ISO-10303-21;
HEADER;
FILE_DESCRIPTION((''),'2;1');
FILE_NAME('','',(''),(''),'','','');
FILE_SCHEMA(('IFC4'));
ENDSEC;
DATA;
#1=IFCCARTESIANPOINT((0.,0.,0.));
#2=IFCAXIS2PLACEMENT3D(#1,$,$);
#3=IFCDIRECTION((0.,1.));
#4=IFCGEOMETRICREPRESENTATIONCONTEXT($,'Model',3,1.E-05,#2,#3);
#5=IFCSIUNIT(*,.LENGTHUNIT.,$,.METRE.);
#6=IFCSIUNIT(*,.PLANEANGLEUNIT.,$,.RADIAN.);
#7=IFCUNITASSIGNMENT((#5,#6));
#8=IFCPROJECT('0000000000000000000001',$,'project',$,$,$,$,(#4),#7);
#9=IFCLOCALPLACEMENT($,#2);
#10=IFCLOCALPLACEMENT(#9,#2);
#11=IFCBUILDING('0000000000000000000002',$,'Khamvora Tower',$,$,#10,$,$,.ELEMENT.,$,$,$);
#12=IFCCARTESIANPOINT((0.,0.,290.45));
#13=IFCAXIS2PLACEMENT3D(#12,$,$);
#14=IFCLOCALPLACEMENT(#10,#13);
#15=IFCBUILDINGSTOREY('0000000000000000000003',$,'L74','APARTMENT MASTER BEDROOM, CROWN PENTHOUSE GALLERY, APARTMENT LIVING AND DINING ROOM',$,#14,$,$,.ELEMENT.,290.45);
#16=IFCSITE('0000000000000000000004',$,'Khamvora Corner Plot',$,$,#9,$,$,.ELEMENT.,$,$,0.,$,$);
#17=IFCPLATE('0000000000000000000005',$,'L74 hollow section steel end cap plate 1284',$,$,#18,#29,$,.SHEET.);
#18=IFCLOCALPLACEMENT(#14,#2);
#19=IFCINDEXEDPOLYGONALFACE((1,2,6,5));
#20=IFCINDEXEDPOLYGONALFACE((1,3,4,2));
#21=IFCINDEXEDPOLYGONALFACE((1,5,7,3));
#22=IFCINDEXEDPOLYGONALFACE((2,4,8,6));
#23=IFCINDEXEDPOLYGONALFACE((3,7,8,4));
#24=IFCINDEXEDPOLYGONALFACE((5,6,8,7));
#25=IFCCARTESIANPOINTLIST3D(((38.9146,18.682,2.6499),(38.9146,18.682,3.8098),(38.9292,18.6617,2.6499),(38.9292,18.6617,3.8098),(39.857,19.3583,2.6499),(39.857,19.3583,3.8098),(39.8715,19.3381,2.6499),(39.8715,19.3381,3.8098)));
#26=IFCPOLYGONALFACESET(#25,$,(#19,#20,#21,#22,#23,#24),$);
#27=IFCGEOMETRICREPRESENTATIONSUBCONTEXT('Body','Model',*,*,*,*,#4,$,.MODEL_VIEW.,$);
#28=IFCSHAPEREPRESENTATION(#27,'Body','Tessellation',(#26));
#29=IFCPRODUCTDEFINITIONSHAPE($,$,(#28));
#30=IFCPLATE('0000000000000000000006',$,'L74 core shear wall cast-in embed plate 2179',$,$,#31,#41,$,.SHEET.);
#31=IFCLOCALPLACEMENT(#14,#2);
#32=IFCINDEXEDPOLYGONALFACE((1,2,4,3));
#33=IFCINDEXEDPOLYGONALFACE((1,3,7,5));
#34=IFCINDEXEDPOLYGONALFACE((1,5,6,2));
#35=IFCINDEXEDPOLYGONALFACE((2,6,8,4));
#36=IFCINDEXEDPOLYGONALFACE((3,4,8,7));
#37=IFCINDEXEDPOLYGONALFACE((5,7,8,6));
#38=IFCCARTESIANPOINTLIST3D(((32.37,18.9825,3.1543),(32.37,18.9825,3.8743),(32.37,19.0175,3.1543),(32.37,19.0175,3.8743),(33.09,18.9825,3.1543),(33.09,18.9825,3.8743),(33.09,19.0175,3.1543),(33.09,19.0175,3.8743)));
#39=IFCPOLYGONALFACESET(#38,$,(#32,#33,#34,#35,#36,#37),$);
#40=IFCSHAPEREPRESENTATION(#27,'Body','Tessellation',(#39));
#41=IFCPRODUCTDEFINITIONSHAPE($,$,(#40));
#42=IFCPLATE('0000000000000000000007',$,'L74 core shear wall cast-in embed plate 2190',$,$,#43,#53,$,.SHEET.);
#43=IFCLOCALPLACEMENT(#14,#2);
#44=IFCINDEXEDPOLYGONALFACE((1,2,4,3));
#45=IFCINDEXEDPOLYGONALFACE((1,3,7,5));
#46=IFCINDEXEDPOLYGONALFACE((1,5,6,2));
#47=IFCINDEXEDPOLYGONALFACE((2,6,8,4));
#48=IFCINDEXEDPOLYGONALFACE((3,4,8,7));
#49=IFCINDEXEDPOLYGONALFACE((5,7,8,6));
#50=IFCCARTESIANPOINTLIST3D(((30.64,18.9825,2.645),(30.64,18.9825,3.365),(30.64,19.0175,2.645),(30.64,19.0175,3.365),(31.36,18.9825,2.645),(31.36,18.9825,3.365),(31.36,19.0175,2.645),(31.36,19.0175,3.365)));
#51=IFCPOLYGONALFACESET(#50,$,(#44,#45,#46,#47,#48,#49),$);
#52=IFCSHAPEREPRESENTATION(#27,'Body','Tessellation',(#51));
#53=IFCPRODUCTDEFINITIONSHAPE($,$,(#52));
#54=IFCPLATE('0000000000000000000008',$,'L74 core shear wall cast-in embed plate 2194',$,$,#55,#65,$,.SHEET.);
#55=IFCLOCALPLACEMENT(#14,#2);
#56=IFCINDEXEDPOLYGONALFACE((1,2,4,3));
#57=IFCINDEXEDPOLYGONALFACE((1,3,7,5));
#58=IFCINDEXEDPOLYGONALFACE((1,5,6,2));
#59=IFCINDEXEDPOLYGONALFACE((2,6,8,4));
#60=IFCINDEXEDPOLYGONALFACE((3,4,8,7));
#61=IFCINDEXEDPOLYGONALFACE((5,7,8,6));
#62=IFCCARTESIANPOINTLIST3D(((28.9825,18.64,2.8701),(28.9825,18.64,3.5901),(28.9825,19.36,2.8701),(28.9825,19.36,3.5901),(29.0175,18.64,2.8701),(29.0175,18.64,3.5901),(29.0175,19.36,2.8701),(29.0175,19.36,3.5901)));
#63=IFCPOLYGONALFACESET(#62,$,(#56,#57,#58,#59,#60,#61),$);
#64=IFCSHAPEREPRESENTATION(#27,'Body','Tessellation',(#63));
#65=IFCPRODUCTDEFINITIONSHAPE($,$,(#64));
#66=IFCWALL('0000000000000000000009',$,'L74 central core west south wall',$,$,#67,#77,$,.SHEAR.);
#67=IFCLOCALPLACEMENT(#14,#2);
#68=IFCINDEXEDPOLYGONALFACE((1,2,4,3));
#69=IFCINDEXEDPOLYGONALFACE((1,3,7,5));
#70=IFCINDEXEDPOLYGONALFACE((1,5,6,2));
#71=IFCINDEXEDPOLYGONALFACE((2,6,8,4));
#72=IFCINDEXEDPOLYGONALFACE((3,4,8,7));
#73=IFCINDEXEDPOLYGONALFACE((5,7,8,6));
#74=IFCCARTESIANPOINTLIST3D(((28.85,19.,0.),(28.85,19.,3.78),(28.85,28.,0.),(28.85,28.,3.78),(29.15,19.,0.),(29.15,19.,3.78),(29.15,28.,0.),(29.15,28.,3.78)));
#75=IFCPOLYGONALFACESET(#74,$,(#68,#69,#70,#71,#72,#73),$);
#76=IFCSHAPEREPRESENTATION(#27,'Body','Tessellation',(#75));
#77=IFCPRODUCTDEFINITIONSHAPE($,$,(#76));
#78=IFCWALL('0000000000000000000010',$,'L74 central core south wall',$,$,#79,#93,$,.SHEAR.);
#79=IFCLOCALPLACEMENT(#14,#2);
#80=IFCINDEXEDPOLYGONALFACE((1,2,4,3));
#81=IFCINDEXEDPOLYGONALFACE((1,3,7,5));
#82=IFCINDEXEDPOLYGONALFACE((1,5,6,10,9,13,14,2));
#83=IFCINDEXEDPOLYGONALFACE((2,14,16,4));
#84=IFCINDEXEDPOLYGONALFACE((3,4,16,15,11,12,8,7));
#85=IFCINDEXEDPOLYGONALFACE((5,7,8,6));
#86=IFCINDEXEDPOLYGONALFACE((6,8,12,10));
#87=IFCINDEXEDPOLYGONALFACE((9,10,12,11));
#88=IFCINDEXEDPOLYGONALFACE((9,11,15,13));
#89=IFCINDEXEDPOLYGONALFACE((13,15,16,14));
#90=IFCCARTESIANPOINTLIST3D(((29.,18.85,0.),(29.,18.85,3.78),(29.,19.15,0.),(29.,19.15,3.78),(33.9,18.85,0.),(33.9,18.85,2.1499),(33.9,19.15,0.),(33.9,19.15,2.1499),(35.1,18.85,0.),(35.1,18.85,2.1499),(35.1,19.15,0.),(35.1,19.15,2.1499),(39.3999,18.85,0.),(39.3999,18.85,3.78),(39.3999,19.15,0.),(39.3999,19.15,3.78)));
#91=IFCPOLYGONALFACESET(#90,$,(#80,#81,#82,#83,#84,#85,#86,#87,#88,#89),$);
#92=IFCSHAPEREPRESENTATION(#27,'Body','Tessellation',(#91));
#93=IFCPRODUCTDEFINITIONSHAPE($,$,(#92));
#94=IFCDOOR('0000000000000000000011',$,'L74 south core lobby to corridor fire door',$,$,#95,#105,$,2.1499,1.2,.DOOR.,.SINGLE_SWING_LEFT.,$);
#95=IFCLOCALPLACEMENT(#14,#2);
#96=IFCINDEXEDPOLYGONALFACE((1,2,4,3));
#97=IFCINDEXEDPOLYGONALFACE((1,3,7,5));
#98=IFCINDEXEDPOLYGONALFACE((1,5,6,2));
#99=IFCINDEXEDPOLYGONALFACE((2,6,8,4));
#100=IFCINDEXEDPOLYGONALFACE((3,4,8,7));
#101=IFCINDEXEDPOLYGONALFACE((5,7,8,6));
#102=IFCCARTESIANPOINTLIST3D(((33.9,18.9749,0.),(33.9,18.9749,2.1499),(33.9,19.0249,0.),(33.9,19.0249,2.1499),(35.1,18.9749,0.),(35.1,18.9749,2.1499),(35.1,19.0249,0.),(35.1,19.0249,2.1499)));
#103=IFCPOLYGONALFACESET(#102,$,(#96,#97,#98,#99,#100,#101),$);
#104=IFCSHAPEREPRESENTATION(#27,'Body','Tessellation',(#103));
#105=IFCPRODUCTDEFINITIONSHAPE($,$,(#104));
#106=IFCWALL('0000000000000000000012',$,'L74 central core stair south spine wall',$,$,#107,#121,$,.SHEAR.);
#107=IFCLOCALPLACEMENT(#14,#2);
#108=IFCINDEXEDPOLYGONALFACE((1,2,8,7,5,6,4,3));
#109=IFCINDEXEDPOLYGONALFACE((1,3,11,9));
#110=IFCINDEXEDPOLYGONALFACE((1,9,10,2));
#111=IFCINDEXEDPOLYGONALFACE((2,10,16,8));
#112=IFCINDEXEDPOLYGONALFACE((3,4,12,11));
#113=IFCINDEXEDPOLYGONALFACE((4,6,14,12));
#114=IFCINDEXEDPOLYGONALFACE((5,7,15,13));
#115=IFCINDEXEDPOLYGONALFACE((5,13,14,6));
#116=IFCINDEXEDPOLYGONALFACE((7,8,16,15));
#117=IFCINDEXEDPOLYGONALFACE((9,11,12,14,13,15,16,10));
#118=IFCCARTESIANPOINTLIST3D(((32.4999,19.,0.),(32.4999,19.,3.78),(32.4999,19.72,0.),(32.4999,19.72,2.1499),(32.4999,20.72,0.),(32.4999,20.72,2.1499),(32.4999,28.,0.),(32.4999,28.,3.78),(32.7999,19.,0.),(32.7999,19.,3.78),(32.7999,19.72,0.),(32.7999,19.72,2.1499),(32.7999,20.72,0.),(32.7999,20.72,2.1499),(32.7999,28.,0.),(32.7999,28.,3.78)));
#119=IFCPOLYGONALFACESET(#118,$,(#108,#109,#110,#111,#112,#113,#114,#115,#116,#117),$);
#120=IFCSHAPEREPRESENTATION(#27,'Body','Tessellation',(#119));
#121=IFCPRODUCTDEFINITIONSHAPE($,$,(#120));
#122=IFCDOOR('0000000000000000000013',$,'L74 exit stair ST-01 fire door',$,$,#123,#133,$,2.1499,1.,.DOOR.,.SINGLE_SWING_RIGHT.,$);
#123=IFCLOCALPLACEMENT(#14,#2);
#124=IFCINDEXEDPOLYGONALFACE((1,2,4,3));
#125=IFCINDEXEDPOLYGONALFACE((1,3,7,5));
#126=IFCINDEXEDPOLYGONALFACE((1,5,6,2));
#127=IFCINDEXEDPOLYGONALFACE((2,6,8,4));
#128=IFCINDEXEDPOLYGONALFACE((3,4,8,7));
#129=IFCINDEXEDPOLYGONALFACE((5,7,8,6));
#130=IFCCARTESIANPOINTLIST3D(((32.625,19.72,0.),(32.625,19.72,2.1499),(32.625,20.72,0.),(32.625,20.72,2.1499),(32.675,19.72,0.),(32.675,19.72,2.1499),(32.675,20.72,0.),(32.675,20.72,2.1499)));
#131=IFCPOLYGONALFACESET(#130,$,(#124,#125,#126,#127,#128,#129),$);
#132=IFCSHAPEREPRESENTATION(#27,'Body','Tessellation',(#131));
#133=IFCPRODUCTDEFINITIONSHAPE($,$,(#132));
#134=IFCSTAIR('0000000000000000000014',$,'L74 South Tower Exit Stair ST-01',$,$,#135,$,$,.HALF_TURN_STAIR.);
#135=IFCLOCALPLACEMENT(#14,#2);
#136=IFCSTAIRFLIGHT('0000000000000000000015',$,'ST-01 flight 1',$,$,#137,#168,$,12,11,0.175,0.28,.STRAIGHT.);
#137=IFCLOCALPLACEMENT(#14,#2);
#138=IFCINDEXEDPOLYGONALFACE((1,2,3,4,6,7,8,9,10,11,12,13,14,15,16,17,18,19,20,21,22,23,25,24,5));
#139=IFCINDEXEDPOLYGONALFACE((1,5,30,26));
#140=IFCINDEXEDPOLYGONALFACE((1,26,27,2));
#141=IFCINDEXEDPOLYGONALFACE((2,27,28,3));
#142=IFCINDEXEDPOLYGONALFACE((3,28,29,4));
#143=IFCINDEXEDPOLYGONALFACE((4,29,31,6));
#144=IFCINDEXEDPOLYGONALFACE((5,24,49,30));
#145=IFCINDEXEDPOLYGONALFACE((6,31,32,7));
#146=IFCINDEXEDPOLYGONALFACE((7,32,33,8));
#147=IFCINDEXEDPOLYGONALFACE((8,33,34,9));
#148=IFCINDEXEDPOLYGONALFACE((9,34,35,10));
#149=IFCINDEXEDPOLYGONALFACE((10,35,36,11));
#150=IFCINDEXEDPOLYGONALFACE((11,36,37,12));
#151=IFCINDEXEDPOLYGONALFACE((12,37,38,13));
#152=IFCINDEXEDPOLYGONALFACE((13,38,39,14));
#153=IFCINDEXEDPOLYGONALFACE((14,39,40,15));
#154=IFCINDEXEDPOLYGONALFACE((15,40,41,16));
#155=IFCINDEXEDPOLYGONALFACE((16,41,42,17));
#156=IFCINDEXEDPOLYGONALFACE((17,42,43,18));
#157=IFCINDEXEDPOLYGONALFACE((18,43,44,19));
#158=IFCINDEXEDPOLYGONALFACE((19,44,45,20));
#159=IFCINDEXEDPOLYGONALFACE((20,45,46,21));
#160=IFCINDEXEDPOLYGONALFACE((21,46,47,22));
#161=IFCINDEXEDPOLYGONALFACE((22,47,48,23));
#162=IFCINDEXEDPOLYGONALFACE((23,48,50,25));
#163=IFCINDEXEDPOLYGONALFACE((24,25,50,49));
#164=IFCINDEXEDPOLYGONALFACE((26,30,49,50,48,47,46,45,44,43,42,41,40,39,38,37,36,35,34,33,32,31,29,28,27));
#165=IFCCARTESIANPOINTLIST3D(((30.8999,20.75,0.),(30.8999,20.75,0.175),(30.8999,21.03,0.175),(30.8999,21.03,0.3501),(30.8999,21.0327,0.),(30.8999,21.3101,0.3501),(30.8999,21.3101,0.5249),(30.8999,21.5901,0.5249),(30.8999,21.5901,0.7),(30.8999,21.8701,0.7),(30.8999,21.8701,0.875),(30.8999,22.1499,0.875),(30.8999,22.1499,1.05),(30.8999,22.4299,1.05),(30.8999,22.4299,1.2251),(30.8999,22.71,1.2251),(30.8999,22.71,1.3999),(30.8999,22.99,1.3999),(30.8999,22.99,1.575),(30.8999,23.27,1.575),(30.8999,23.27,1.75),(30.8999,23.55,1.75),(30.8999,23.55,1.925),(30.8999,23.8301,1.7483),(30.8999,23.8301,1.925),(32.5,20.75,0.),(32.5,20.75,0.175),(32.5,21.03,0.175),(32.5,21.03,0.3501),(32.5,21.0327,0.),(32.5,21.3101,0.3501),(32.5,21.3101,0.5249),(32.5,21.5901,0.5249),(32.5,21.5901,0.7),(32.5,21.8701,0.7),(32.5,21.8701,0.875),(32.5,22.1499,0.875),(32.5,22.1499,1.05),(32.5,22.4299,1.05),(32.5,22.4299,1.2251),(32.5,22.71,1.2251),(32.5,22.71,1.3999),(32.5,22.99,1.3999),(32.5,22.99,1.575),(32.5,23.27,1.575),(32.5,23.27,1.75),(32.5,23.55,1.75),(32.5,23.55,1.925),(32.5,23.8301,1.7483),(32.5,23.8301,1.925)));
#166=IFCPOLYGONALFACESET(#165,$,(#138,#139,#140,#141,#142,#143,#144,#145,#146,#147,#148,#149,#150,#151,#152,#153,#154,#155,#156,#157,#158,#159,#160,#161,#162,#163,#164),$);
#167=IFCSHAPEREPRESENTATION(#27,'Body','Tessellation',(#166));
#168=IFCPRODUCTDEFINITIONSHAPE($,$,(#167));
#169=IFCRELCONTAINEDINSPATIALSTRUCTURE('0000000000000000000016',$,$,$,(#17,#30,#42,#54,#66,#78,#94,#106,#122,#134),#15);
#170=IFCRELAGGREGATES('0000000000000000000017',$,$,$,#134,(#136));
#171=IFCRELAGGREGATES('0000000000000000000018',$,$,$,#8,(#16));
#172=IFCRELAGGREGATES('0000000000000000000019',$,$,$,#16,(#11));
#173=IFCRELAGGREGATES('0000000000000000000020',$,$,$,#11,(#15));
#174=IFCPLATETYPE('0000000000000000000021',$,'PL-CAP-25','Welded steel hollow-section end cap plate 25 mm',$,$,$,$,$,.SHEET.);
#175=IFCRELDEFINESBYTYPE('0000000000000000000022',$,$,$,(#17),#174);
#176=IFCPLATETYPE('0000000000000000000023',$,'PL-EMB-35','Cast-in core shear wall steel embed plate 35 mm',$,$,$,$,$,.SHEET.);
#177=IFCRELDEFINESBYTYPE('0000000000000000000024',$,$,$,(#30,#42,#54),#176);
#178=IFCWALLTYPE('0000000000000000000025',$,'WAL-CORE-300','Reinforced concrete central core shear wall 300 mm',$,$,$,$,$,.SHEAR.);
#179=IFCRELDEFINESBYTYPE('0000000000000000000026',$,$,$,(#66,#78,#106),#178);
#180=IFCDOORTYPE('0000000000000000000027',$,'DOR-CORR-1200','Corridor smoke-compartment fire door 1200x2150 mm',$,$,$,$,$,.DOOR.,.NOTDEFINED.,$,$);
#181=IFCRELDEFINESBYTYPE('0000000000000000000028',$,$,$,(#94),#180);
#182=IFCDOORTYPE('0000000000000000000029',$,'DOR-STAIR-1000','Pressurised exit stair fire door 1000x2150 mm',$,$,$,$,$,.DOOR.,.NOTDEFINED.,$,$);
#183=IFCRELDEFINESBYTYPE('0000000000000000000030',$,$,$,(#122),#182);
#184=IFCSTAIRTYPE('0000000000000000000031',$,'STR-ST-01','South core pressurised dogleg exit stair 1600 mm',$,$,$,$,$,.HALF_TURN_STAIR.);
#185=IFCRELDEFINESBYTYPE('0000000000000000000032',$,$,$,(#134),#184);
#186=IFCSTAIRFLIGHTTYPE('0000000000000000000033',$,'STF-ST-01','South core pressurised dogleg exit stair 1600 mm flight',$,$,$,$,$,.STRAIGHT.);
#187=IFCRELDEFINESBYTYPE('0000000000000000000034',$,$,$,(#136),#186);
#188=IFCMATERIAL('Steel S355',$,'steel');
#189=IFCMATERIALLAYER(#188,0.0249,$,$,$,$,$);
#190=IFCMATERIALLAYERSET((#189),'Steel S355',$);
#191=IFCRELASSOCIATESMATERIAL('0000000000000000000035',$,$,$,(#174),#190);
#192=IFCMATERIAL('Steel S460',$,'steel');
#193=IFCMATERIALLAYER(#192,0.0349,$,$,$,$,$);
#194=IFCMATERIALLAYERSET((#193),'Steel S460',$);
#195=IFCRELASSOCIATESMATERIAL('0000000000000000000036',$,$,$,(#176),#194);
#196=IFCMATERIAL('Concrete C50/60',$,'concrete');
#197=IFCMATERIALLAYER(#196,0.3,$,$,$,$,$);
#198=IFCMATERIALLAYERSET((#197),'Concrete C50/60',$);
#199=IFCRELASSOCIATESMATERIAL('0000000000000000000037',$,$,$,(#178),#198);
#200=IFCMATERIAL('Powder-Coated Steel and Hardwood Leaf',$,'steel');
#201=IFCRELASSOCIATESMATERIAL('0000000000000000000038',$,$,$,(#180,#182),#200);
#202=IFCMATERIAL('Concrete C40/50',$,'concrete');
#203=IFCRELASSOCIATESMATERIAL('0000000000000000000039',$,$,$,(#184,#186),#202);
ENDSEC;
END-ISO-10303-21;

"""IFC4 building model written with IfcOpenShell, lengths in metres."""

from ifc_helpers import new_model, si_unit, direction, frame, frame_2d, origin, origin_2d, place, context, subcontext, project, spatial, polyline, rectangle, outline, extrude, material, layer, layer_set, type_object, element, fill, aggregate, save


model = new_model("IFC4")

# Units and contexts
model_context = context("Model", 3, precision=1e-05, world=origin(), true_north=direction((0.0, 1.0)))
body_context = subcontext(model_context, "Body", "Model", "MODEL_VIEW")
ifc_project = project(units=[si_unit("LENGTHUNIT", "METRE"), si_unit("PLANEANGLEUNIT", "RADIAN")], contexts=[model_context])

# Site, building, storey
site_placement = place(None, origin())
site = spatial("IfcSite", under=ifc_project, at=site_placement, Name="Khamvora Corner Plot", CompositionType="ELEMENT", RefElevation=0.0)
building_placement = place(site_placement, origin())
building = spatial("IfcBuilding", under=site, at=building_placement, Name="Khamvora Tower", CompositionType="ELEMENT")
storey_placement = place(building_placement, frame((0.0, 0.0, 290.45)))
storey = spatial("IfcBuildingStorey", under=building, at=storey_placement, Name="L74", Description="APARTMENT MASTER BEDROOM, CROWN PENTHOUSE GALLERY, APARTMENT LIVING AND DINING ROOM", CompositionType="ELEMENT", Elevation=290.45)

# Shared definitions
ifc_material_1 = material(Name="Steel S355", Category="steel")

# Shared definitions
ifc_material_2 = material(Name="Steel S460", Category="steel")

# Plates
ifc_layer_1 = layer(ifc_material_1, 0.0249)
ifc_layer_set_1 = layer_set([ifc_layer_1], Name="Steel S355")
plate_type_1 = type_object("IfcPlateType", Name="PL-CAP-25", Description="Welded steel hollow-section end cap plate 25 mm", PredefinedType="SHEET", material=ifc_layer_set_1)
for number, where, z_axis, x_axis, name in (
    (1, (39.3931, 19.01, 2.6499), (0.0, 0.0, 1.0), (0.583073, -0.812419, 0.0), "L74 hollow section steel end cap plate 1284"),
):
    element("IfcPlate", number, at=place(storey_placement, frame(where, z_axis=z_axis, x_axis=x_axis)), inside=storey, type_object=plate_type_1, Name=name, PredefinedType="SHEET", context=body_context, shape_type="SweptSolid", body=[
        extrude(rectangle(XDim=0.0249, YDim=1.1599, at=origin_2d()), origin(), (0.0, 0.0, 1.0), 1.1599),
    ])
ifc_layer_2 = layer(ifc_material_2, 0.0349)
ifc_layer_set_2 = layer_set([ifc_layer_2], Name="Steel S460")
plate_type_2 = type_object("IfcPlateType", Name="PL-EMB-35", Description="Cast-in core shear wall steel embed plate 35 mm", PredefinedType="SHEET", material=ifc_layer_set_2)
for number, where, z_axis, x_axis, name in (
    (2, (32.73, 19.0, 3.1543), (0.0, 0.0, 1.0), (1.0, 0.0, 0.0), "L74 core shear wall cast-in embed plate 2179"),
    (3, (31.0, 19.0, 2.645), (0.0, 0.0, 1.0), (1.0, 0.0, 0.0), "L74 core shear wall cast-in embed plate 2190"),
):
    element("IfcPlate", number, at=place(storey_placement, frame(where, z_axis=z_axis, x_axis=x_axis)), inside=storey, type_object=plate_type_2, Name=name, PredefinedType="SHEET", context=body_context, shape_type="SweptSolid", body=[
        extrude(rectangle(XDim=0.72, YDim=0.0349, at=origin_2d()), origin(), (0.0, 0.0, 1.0), 0.72),
    ])
plate_1_placement = place(storey_placement, frame((29.0, 19.0, 2.8701), z_axis=(0.0, 0.0, 1.0), x_axis=(1.0, 0.0, 0.0)))
element("IfcPlate", 4, at=plate_1_placement, inside=storey, type_object=plate_type_2, Name="L74 core shear wall cast-in embed plate 2194", PredefinedType="SHEET", context=body_context, shape_type="SweptSolid", body=[
    extrude(rectangle(XDim=0.0349, YDim=0.72, at=origin_2d()), origin(), (0.0, 0.0, 1.0), 0.72),
])

# Wall
ifc_material_3 = material(Name="Concrete C50/60", Category="concrete")
ifc_layer_3 = layer(ifc_material_3, 0.3)
ifc_layer_set_3 = layer_set([ifc_layer_3], Name="Concrete C50/60")
wall_type = type_object("IfcWallType", Name="WAL-CORE-300", Description="Reinforced concrete central core shear wall 300 mm", PredefinedType="SHEAR", material=ifc_layer_set_3)
wall_1_placement = place(storey_placement, frame((29.0, 19.0, 0.0), z_axis=(0.0, 0.0, 1.0), x_axis=(0.0, 1.0, 0.0)))
element("IfcWall", 5, at=wall_1_placement, inside=storey, type_object=wall_type, Name="L74 central core west south wall", PredefinedType="SHEAR", context=body_context, shape_type="SweptSolid", body=[
    extrude(rectangle(XDim=9.0, YDim=0.3, at=frame_2d((4.5, 0.0))), origin(), (0.0, 0.0, 1.0), 3.78),
])

# Walls, openings, doors
wall_2_placement = place(storey_placement, frame((29.0, 19.0, 0.0), z_axis=(0.0, 0.0, 1.0), x_axis=(1.0, 0.0, 0.0)))
wall_2 = element("IfcWall", 6, at=wall_2_placement, inside=storey, type_object=wall_type, Name="L74 central core south wall", PredefinedType="SHEAR", context=body_context, shape_type="SweptSolid", body=[
    extrude(rectangle(XDim=10.3999, YDim=0.3, at=frame_2d((5.2, 0.0))), origin(), (0.0, 0.0, 1.0), 3.78),
])
opening_1_placement = place(wall_2_placement, frame((4.8999, 0.0, 0.0)))
opening_1 = element("IfcOpeningElement", 7, at=opening_1_placement, cuts=wall_2, PredefinedType="OPENING", context=body_context, shape_type="SweptSolid", body=[
    extrude(rectangle(XDim=1.2, YDim=2.1499, at=frame_2d((0.6001, 1.075))), frame((0.0, 0.1599, 0.0), z_axis=(0.0, -1.0, 0.0), x_axis=(1.0, 0.0, 0.0)), (0.0, 0.0, 1.0), 0.3201),
])
ifc_material_4 = material(Name="Powder-Coated Steel and Hardwood Leaf", Category="steel")
door_type_1 = type_object("IfcDoorType", Name="DOR-CORR-1200", Description="Corridor smoke-compartment fire door 1200x2150 mm", OperationType="NOTDEFINED", PredefinedType="DOOR", material=ifc_material_4)
door_1_placement = place(opening_1_placement, origin())
door_1 = element("IfcDoor", 8, at=door_1_placement, inside=storey, type_object=door_type_1, Name="L74 south core lobby to corridor fire door", OperationType="SINGLE_SWING_LEFT", OverallHeight=2.1499, OverallWidth=1.2, PredefinedType="DOOR", context=body_context, shape_type="SweptSolid", body=[
    extrude(rectangle(XDim=1.2, YDim=2.1499, at=frame_2d((0.6001, 1.075))), frame((0.0, 0.0249, 0.0), z_axis=(0.0, -1.0, 0.0), x_axis=(1.0, 0.0, 0.0)), (0.0, 0.0, 1.0), 0.05),
])
fill(opening_1, door_1)
wall_3_placement = place(storey_placement, frame((32.6499, 19.0, 0.0), z_axis=(0.0, 0.0, 1.0), x_axis=(0.0, 1.0, 0.0)))
wall_3 = element("IfcWall", 9, at=wall_3_placement, inside=storey, type_object=wall_type, Name="L74 central core stair south spine wall", PredefinedType="SHEAR", context=body_context, shape_type="SweptSolid", body=[
    extrude(rectangle(XDim=9.0, YDim=0.3, at=frame_2d((4.5, 0.0))), origin(), (0.0, 0.0, 1.0), 3.78),
])
opening_2_placement = place(wall_3_placement, frame((0.72, 0.0, 0.0)))
opening_2 = element("IfcOpeningElement", 10, at=opening_2_placement, cuts=wall_3, PredefinedType="OPENING", context=body_context, shape_type="SweptSolid", body=[
    extrude(rectangle(XDim=1.0, YDim=2.1499, at=frame_2d((0.5, 1.075))), frame((0.0, 0.1599, 0.0), z_axis=(0.0, -1.0, 0.0), x_axis=(1.0, 0.0, 0.0)), (0.0, 0.0, 1.0), 0.3201),
])
door_type_2 = type_object("IfcDoorType", Name="DOR-STAIR-1000", Description="Pressurised exit stair fire door 1000x2150 mm", OperationType="NOTDEFINED", PredefinedType="DOOR", material=ifc_material_4)
door_2_placement = place(opening_2_placement, origin())
door_2 = element("IfcDoor", 11, at=door_2_placement, inside=storey, type_object=door_type_2, Name="L74 exit stair ST-01 fire door", OperationType="SINGLE_SWING_RIGHT", OverallHeight=2.1499, OverallWidth=1.0, PredefinedType="DOOR", context=body_context, shape_type="SweptSolid", body=[
    extrude(rectangle(XDim=1.0, YDim=2.1499, at=frame_2d((0.5, 1.075))), frame((0.0, 0.0249, 0.0), z_axis=(0.0, -1.0, 0.0), x_axis=(1.0, 0.0, 0.0)), (0.0, 0.0, 1.0), 0.05),
])
fill(opening_2, door_2)

# Stair, stair flight
ifc_material_5 = material(Name="Concrete C40/50", Category="concrete")
stair_type = type_object("IfcStairType", Name="STR-ST-01", Description="South core pressurised dogleg exit stair 1600 mm", PredefinedType="HALF_TURN_STAIR", material=ifc_material_5)
stair_placement = place(storey_placement, origin())
stair = element("IfcStair", 12, at=stair_placement, inside=storey, type_object=stair_type, Name="L74 South Tower Exit Stair ST-01", PredefinedType="HALF_TURN_STAIR")
stair_flight_type = type_object("IfcStairFlightType", Name="STF-ST-01", Description="South core pressurised dogleg exit stair 1600 mm flight", PredefinedType="STRAIGHT", material=ifc_material_5)
stair_flight_placement = place(storey_placement, frame((31.7, 20.75, 0.0), z_axis=(0.0, 0.0, 1.0), x_axis=(0.0, 1.0, 0.0)))
stair_flight = element("IfcStairFlight", 13, at=stair_flight_placement, type_object=stair_flight_type, Name="ST-01 flight 1", NumberOfRisers=12, NumberOfTreads=11, PredefinedType="STRAIGHT", RiserHeight=0.175, TreadLength=0.28, context=body_context, shape_type="SweptSolid", body=[
    extrude(outline(polyline([(0.0, 0.0), (0.0, 0.175), (0.28, 0.175), (0.28, 0.3501), (0.5601, 0.3501), (0.5601, 0.5249), (0.8401, 0.5249), (0.8401, 0.7), (1.1201, 0.7), (1.1201, 0.875), (1.3999, 0.875), (1.3999, 1.05), (1.6799, 1.05), (1.6799, 1.2251), (1.96, 1.2251), (1.96, 1.3999), (2.24, 1.3999), (2.24, 1.575), (2.52, 1.575), (2.52, 1.75), (2.8, 1.75), (2.8, 1.925), (3.0801, 1.925), (3.0801, 2.1001), (3.0801, 1.7483), (0.2827, 0.0), (0.0, 0.0)])), frame((0.0, 0.8, 0.0), z_axis=(0.0, -1.0, 0.0), x_axis=(1.0, 0.0, 0.0)), (0.0, 0.0, 1.0), 1.6001),
])
aggregate(stair, [stair_flight])

save(model, "model.ifc")
